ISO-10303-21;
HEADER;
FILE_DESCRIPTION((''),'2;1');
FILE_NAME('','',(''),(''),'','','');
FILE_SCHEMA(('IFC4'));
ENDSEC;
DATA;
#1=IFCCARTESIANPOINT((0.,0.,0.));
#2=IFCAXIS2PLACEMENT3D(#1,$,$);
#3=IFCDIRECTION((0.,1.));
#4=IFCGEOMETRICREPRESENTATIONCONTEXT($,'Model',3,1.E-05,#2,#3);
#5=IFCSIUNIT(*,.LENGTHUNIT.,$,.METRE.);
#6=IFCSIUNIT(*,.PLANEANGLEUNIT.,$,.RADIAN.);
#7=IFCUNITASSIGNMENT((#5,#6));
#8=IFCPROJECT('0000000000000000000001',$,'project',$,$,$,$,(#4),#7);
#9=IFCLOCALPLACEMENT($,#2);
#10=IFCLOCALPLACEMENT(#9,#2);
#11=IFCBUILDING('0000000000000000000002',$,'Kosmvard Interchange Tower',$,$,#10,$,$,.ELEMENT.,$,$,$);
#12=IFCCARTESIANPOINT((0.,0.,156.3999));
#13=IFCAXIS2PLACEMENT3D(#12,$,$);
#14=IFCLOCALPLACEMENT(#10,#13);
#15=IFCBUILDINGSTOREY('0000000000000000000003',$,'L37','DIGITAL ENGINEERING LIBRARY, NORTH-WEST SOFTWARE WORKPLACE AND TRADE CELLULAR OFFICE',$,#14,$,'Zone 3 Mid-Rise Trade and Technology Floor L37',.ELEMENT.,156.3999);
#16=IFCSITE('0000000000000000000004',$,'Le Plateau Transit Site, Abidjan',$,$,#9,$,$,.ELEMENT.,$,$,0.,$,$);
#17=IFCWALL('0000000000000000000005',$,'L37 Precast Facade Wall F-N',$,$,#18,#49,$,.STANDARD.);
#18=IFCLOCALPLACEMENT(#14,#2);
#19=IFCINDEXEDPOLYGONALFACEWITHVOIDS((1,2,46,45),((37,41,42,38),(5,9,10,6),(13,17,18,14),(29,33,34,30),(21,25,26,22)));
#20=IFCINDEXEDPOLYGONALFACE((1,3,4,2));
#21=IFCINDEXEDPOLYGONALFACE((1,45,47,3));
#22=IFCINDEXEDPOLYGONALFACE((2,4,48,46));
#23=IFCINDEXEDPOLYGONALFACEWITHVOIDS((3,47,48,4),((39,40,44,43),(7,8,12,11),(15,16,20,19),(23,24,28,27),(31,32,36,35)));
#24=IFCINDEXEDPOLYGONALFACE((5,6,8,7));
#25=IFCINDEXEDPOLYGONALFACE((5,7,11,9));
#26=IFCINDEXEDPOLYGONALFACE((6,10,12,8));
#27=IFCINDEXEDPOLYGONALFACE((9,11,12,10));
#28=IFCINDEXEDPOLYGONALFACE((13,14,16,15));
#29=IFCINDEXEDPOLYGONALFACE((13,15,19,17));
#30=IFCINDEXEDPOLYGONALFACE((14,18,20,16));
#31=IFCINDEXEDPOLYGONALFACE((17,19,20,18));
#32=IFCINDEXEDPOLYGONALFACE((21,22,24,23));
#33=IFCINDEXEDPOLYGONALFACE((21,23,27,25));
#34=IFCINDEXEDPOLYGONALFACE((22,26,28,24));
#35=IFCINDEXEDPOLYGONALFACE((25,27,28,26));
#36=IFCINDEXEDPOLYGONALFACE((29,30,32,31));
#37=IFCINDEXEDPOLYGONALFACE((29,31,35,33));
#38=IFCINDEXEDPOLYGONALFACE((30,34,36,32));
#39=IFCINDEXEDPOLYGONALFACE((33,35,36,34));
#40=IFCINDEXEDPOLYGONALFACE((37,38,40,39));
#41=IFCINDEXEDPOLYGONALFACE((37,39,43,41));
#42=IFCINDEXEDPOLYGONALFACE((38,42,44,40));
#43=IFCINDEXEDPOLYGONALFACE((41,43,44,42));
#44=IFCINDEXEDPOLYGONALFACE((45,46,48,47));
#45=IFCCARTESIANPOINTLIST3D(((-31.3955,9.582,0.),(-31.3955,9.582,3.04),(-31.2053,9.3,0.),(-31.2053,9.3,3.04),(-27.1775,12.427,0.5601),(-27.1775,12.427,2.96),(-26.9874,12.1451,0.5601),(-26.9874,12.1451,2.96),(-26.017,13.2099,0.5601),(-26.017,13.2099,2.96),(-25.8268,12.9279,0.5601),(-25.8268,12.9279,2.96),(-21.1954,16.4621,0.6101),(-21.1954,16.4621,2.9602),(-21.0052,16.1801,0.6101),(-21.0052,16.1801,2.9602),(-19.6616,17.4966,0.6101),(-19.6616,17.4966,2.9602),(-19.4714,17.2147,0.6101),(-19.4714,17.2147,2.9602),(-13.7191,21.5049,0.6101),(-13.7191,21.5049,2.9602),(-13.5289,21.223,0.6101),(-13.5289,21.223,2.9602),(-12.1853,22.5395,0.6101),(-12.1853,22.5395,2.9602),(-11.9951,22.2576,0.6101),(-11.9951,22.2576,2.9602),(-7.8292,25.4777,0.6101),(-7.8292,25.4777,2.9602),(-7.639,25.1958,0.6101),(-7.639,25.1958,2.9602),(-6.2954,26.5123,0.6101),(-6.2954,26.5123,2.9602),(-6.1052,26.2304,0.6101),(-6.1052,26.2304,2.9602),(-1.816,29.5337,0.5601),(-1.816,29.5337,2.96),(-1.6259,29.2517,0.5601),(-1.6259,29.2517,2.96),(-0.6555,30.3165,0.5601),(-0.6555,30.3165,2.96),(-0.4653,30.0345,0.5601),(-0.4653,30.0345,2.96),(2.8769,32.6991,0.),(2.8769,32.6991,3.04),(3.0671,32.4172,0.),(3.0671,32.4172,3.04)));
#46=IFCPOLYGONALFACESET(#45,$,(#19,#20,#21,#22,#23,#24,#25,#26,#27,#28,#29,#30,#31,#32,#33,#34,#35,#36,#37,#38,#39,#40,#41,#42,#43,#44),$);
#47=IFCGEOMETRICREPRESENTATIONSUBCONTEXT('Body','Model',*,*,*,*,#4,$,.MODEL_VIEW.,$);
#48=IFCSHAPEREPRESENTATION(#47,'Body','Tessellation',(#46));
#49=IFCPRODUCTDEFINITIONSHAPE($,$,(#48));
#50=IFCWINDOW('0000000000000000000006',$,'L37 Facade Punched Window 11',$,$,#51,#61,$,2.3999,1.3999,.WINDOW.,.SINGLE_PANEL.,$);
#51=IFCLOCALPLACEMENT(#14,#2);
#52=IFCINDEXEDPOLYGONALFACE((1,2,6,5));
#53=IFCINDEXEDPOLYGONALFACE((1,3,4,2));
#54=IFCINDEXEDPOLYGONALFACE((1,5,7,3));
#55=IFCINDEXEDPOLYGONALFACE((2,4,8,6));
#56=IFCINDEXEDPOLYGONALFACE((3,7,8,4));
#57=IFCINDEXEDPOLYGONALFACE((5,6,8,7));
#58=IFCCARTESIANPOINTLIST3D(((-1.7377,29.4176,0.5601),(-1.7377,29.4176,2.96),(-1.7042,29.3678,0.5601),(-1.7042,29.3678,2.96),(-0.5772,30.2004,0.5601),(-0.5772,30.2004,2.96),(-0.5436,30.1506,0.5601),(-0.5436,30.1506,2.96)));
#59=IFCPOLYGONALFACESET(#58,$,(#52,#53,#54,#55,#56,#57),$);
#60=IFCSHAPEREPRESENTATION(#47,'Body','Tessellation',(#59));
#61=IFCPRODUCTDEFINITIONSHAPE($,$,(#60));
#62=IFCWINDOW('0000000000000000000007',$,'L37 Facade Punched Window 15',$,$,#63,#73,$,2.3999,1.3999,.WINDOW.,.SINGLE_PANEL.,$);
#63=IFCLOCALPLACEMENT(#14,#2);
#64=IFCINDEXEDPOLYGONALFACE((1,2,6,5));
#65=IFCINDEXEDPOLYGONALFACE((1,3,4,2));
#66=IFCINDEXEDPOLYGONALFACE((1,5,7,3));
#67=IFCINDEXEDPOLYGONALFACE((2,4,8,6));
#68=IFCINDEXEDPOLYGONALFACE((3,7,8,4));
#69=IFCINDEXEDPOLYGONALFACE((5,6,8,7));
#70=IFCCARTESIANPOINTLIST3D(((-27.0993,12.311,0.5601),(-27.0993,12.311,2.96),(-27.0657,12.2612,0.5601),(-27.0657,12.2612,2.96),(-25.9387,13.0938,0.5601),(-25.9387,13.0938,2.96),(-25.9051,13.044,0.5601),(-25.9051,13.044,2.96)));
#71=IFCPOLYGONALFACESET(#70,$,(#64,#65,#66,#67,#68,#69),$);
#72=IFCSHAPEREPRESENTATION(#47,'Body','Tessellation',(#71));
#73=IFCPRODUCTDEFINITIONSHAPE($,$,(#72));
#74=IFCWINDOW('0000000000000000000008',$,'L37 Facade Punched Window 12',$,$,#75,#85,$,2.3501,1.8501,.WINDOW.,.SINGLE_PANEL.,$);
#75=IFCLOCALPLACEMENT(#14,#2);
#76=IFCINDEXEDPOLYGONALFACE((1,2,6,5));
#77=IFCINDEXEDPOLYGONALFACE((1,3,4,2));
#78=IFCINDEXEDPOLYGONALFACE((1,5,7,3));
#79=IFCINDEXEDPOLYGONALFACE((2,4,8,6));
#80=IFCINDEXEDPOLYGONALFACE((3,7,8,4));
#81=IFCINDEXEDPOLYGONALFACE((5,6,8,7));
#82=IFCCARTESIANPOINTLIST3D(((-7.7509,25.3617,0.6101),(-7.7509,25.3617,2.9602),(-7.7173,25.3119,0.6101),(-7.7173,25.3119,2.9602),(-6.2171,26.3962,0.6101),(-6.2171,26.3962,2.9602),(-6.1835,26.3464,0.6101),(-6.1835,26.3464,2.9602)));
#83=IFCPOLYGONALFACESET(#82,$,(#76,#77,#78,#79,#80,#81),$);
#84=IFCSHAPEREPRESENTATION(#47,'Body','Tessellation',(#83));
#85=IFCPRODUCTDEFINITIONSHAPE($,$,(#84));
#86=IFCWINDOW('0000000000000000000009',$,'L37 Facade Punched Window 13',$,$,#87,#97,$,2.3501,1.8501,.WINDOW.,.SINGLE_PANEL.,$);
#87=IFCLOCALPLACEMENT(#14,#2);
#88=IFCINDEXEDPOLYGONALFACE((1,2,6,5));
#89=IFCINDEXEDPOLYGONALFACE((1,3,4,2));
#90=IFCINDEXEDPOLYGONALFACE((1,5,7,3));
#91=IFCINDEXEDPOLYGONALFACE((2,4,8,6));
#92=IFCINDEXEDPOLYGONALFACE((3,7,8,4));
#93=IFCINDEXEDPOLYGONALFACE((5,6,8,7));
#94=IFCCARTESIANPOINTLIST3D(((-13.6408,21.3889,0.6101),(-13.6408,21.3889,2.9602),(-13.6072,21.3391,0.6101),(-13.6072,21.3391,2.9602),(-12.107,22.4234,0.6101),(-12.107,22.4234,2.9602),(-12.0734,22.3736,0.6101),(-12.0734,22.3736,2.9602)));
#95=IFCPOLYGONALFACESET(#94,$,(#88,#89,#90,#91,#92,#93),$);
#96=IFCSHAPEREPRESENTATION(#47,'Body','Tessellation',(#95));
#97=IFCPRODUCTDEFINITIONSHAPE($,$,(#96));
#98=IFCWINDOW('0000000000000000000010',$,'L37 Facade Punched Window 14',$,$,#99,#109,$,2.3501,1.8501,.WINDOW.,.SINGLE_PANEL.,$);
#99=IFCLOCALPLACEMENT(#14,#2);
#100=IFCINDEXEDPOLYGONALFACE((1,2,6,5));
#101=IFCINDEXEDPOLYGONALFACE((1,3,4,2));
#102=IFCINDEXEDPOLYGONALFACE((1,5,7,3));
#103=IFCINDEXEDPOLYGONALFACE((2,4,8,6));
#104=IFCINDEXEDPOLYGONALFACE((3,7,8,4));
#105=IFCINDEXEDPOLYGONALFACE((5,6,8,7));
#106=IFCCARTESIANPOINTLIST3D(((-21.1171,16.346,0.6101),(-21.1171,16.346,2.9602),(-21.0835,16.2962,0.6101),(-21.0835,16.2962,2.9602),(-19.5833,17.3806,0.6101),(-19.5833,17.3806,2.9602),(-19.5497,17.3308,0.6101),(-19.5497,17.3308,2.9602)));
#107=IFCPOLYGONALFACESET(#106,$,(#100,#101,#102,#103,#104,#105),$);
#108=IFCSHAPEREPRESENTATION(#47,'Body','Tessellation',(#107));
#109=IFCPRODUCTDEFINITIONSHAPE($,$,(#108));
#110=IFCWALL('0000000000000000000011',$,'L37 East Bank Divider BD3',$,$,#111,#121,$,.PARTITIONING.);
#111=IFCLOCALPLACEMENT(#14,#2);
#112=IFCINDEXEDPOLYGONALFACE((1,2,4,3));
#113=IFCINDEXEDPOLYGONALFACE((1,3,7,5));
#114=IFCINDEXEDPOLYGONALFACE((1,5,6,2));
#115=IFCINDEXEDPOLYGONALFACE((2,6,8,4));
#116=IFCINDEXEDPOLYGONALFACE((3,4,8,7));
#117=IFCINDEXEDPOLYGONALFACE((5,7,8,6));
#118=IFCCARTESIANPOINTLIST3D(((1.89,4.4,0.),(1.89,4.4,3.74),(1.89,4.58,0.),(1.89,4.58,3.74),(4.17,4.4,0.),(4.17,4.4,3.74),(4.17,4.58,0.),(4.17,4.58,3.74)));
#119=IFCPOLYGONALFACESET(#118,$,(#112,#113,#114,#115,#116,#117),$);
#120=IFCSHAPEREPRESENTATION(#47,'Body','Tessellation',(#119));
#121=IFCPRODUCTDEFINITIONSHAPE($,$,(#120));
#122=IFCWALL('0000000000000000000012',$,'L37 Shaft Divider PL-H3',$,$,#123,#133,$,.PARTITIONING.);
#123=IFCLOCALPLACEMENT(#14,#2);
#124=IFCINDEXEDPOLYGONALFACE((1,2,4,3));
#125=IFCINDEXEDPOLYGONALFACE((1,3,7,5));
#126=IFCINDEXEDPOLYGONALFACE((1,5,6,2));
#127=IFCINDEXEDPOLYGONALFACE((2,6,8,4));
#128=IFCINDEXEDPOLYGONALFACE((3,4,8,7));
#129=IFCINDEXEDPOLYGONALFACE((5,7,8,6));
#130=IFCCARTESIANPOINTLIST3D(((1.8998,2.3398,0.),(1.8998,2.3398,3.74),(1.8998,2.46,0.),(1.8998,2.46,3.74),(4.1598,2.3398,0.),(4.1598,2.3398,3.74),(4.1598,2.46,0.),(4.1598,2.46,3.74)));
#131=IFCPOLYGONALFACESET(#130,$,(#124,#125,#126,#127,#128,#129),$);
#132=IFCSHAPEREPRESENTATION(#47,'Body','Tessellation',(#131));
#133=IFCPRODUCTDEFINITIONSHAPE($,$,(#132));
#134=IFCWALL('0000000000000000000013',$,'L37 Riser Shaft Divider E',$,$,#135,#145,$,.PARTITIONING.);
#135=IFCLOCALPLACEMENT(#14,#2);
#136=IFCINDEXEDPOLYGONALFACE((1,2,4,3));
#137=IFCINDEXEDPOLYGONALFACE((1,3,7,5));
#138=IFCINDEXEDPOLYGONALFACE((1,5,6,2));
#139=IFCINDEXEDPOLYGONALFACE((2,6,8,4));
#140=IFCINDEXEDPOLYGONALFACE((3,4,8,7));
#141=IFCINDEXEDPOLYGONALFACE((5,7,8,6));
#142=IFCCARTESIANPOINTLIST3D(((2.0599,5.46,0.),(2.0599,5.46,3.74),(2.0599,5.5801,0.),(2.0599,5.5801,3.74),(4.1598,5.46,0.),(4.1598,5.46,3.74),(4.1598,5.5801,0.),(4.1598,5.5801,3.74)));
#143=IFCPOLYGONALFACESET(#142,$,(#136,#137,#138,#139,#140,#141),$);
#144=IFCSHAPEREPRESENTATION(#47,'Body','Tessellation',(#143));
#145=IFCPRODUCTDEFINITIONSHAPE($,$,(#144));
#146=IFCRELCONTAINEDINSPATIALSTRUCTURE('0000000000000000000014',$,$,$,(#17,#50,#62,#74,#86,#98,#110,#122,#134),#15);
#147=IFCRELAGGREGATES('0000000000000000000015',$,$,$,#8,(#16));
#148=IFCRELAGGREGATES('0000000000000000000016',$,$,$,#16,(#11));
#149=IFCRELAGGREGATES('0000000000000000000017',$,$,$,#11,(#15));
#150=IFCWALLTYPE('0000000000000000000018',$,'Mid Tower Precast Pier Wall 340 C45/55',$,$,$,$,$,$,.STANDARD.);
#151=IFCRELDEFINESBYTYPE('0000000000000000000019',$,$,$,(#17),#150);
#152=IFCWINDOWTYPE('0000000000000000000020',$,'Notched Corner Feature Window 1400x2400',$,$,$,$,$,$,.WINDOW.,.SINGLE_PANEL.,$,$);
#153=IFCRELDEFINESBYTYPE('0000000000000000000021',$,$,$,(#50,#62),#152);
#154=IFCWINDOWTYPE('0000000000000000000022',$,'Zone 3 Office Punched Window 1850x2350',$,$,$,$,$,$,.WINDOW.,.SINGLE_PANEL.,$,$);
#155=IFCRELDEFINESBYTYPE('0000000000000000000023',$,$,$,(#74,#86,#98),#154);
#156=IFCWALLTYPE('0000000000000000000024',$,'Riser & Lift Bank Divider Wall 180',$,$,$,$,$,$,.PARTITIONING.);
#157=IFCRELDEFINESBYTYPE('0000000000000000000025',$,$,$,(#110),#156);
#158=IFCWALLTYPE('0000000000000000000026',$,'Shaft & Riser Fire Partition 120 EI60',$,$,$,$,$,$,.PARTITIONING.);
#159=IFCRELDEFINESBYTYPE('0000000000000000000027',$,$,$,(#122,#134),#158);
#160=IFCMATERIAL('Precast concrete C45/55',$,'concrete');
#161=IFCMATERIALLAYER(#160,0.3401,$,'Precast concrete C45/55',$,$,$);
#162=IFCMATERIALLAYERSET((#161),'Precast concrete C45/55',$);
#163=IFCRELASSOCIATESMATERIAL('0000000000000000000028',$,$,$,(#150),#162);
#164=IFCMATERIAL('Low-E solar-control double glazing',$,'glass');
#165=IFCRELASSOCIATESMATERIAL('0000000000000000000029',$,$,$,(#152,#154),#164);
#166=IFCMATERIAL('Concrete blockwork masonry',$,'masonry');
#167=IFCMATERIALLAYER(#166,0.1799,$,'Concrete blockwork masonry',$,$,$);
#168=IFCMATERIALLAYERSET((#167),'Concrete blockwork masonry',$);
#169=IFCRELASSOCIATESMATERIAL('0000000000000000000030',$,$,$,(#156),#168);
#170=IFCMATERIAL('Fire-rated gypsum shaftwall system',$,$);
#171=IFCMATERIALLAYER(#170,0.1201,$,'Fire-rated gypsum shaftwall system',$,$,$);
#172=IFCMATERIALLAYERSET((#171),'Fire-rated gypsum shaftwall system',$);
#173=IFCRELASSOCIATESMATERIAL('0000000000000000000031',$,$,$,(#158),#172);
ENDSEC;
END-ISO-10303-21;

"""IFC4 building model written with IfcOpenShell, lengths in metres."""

from ifc_helpers import new_model, si_unit, direction, frame, frame_2d, origin, place, context, subcontext, project, spatial, rectangle, extrude, source, transform, mapped, material, layer, layer_set, type_object, element, fill, save


model = new_model("IFC4")

# Units and contexts
model_context = context("Model", 3, precision=1e-05, world=origin(), true_north=direction((0.0, 1.0)))
body_context = subcontext(model_context, "Body", "Model", "MODEL_VIEW")
ifc_project = project(units=[si_unit("LENGTHUNIT", "METRE"), si_unit("PLANEANGLEUNIT", "RADIAN")], contexts=[model_context])

# Site, building, storey
site_placement = place(None, origin())
site = spatial("IfcSite", under=ifc_project, at=site_placement, Name="Le Plateau Transit Site, Abidjan", CompositionType="ELEMENT", RefElevation=0.0)
building_placement = place(site_placement, origin())
building = spatial("IfcBuilding", under=site, at=building_placement, Name="Kosmvard Interchange Tower", CompositionType="ELEMENT")
storey_placement = place(building_placement, frame((0.0, 0.0, 156.3999)))
storey = spatial("IfcBuildingStorey", under=building, at=storey_placement, Name="L37", Description="DIGITAL ENGINEERING LIBRARY, NORTH-WEST SOFTWARE WORKPLACE AND TRADE CELLULAR OFFICE", LongName="Zone 3 Mid-Rise Trade and Technology Floor L37", CompositionType="ELEMENT", Elevation=156.3999)

# Shared definitions
ifc_material_1 = material(Name="Concrete blockwork masonry", Category="masonry")

# Shared definitions
ifc_material_2 = material(Name="Precast concrete C45/55", Category="concrete")
ifc_layer_1 = layer(ifc_material_2, 0.3401, Name="Precast concrete C45/55")
ifc_layer_set_1 = layer_set([ifc_layer_1], Name="Precast concrete C45/55")
wall_type_1 = type_object("IfcWallType", Name="Mid Tower Precast Pier Wall 340 C45/55", PredefinedType="STANDARD", material=ifc_layer_set_1)
ifc_material_3 = material(Name="Low-E solar-control double glazing", Category="glass")
window_type_1 = type_object("IfcWindowType", Name="Notched Corner Feature Window 1400x2400", PartitioningType="SINGLE_PANEL", PredefinedType="WINDOW", material=ifc_material_3)
shared_shape_1 = source(origin(), body_context, "Body", "SweptSolid", [
    extrude(rectangle(XDim=1.3999, YDim=2.3999, at=frame_2d((0.7, 1.2))), frame((0.0, 0.03, 0.0), z_axis=(0.0, -1.0, 0.0), x_axis=(1.0, 0.0, 0.0)), (0.0, 0.0, 1.0), 0.0601),
])

# Wall, openings, windows
wall_1_placement = place(storey_placement, frame((2.9719, 32.5581, 0.0), z_axis=(0.0, 0.0, 1.0), x_axis=(-0.829036, -0.559195, 0.0)))
wall_1 = element("IfcWall", 1, at=wall_1_placement, inside=storey, type_object=wall_type_1, Name="L37 Precast Facade Wall F-N", PredefinedType="STANDARD", context=body_context, shape_type="SweptSolid", body=[
    extrude(rectangle(XDim=41.3401, YDim=0.3401, at=frame_2d((20.6699, 0.0))), origin(), (0.0, 0.0, 1.0), 3.04),
])
opening_1_placement = place(wall_1_placement, frame((4.2607, 0.0, 0.5601)))
opening_1 = element("IfcOpeningElement", 2, at=opening_1_placement, cuts=wall_1, PredefinedType="OPENING", context=body_context, shape_type="SweptSolid", body=[
    extrude(rectangle(XDim=1.3999, YDim=2.3999, at=frame_2d((0.7, 1.2))), frame((0.0, 0.1802, 0.0), z_axis=(0.0, -1.0, 0.0), x_axis=(1.0, 0.0, 0.0)), (0.0, 0.0, 1.0), 0.3601),
])
opening_2_placement = place(wall_1_placement, frame((11.0637, 0.0, 0.6101)))
opening_2 = element("IfcOpeningElement", 3, at=opening_2_placement, cuts=wall_1, PredefinedType="OPENING", context=body_context, shape_type="SweptSolid", body=[
    extrude(rectangle(XDim=1.8501, YDim=2.3501, at=frame_2d((0.925, 1.175))), frame((0.0, 0.1802, 0.0), z_axis=(0.0, -1.0, 0.0), x_axis=(1.0, 0.0, 0.0)), (0.0, 0.0, 1.0), 0.3601),
])
opening_3_placement = place(wall_1_placement, frame((18.1682, 0.0, 0.6101)))
opening_3 = element("IfcOpeningElement", 4, at=opening_3_placement, cuts=wall_1, PredefinedType="OPENING", context=body_context, shape_type="SweptSolid", body=[
    extrude(rectangle(XDim=1.8501, YDim=2.3501, at=frame_2d((0.925, 1.175))), frame((0.0, 0.1802, 0.0), z_axis=(0.0, -1.0, 0.0), x_axis=(1.0, 0.0, 0.0)), (0.0, 0.0, 1.0), 0.3601),
])
opening_4_placement = place(wall_1_placement, frame((27.1863, 0.0, 0.6101)))
opening_4 = element("IfcOpeningElement", 5, at=opening_4_placement, cuts=wall_1, PredefinedType="OPENING", context=body_context, shape_type="SweptSolid", body=[
    extrude(rectangle(XDim=1.8501, YDim=2.3501, at=frame_2d((0.925, 1.175))), frame((0.0, 0.1802, 0.0), z_axis=(0.0, -1.0, 0.0), x_axis=(1.0, 0.0, 0.0)), (0.0, 0.0, 1.0), 0.3601),
])
opening_5_placement = place(wall_1_placement, frame((34.8523, 0.0, 0.5601)))
opening_5 = element("IfcOpeningElement", 6, at=opening_5_placement, cuts=wall_1, PredefinedType="OPENING", context=body_context, shape_type="SweptSolid", body=[
    extrude(rectangle(XDim=1.3999, YDim=2.3999, at=frame_2d((0.7, 1.2))), frame((0.0, 0.1802, 0.0), z_axis=(0.0, -1.0, 0.0), x_axis=(1.0, 0.0, 0.0)), (0.0, 0.0, 1.0), 0.3601),
])
window_1_placement = place(opening_1_placement, origin())
window_1 = element("IfcWindow", 7, at=window_1_placement, inside=storey, type_object=window_type_1, Name="L37 Facade Punched Window 11", OverallHeight=2.3999, OverallWidth=1.3999, PartitioningType="SINGLE_PANEL", PredefinedType="WINDOW", context=body_context, shape_type="MappedRepresentation", body=[
    mapped(shared_shape_1, transform((0.0, 0.0, 0.0), scale=1.0)),
])
fill(opening_1, window_1)
window_2_placement = place(opening_5_placement, origin())
window_2 = element("IfcWindow", 8, at=window_2_placement, inside=storey, type_object=window_type_1, Name="L37 Facade Punched Window 15", OverallHeight=2.3999, OverallWidth=1.3999, PartitioningType="SINGLE_PANEL", PredefinedType="WINDOW", context=body_context, shape_type="MappedRepresentation", body=[
    mapped(shared_shape_1, transform((0.0, 0.0, 0.0), scale=1.0)),
])
fill(opening_5, window_2)
window_type_2 = type_object("IfcWindowType", Name="Zone 3 Office Punched Window 1850x2350", PartitioningType="SINGLE_PANEL", PredefinedType="WINDOW", material=ifc_material_3)
shared_shape_2 = source(origin(), body_context, "Body", "SweptSolid", [
    extrude(rectangle(XDim=1.8501, YDim=2.3501, at=frame_2d((0.925, 1.175))), frame((0.0, 0.03, 0.0), z_axis=(0.0, -1.0, 0.0), x_axis=(1.0, 0.0, 0.0)), (0.0, 0.0, 1.0), 0.0601),
])
window_3_placement = place(opening_2_placement, origin())
window_3 = element("IfcWindow", 9, at=window_3_placement, inside=storey, type_object=window_type_2, Name="L37 Facade Punched Window 12", OverallHeight=2.3501, OverallWidth=1.8501, PartitioningType="SINGLE_PANEL", PredefinedType="WINDOW", context=body_context, shape_type="MappedRepresentation", body=[
    mapped(shared_shape_2, transform((0.0, 0.0, 0.0), scale=1.0)),
])
fill(opening_2, window_3)
window_4_placement = place(opening_3_placement, origin())
window_4 = element("IfcWindow", 10, at=window_4_placement, inside=storey, type_object=window_type_2, Name="L37 Facade Punched Window 13", OverallHeight=2.3501, OverallWidth=1.8501, PartitioningType="SINGLE_PANEL", PredefinedType="WINDOW", context=body_context, shape_type="MappedRepresentation", body=[
    mapped(shared_shape_2, transform((0.0, 0.0, 0.0), scale=1.0)),
])
fill(opening_3, window_4)
window_5_placement = place(opening_4_placement, origin())
window_5 = element("IfcWindow", 11, at=window_5_placement, inside=storey, type_object=window_type_2, Name="L37 Facade Punched Window 14", OverallHeight=2.3501, OverallWidth=1.8501, PartitioningType="SINGLE_PANEL", PredefinedType="WINDOW", context=body_context, shape_type="MappedRepresentation", body=[
    mapped(shared_shape_2, transform((0.0, 0.0, 0.0), scale=1.0)),
])
fill(opening_4, window_5)

# Walls
ifc_layer_2 = layer(ifc_material_1, 0.1799, Name="Concrete blockwork masonry")
ifc_layer_set_2 = layer_set([ifc_layer_2], Name="Concrete blockwork masonry")
wall_type_2 = type_object("IfcWallType", Name="Riser & Lift Bank Divider Wall 180", PredefinedType="PARTITIONING", material=ifc_layer_set_2)
wall_2_placement = place(storey_placement, frame((1.8899, 4.49, 0.0), z_axis=(0.0, 0.0, 1.0), x_axis=(1.0, 0.0, 0.0)))
element("IfcWall", 12, at=wall_2_placement, inside=storey, type_object=wall_type_2, Name="L37 East Bank Divider BD3", PredefinedType="PARTITIONING", context=body_context, shape_type="SweptSolid", body=[
    extrude(rectangle(XDim=2.28, YDim=0.1799, at=frame_2d((1.1401, 0.0))), origin(), (0.0, 0.0, 1.0), 3.74),
])
ifc_material_4 = material(Name="Fire-rated gypsum shaftwall system")
ifc_layer_3 = layer(ifc_material_4, 0.1201, Name="Fire-rated gypsum shaftwall system")
ifc_layer_set_3 = layer_set([ifc_layer_3], Name="Fire-rated gypsum shaftwall system")
wall_type_3 = type_object("IfcWallType", Name="Shaft & Riser Fire Partition 120 EI60", PredefinedType="PARTITIONING", material=ifc_layer_set_3)
wall_3_placement = place(storey_placement, frame((1.8999, 2.3999, 0.0), z_axis=(0.0, 0.0, 1.0), x_axis=(1.0, 0.0, 0.0)))
element("IfcWall", 13, at=wall_3_placement, inside=storey, type_object=wall_type_3, Name="L37 Shaft Divider PL-H3", PredefinedType="PARTITIONING", context=body_context, shape_type="SweptSolid", body=[
    extrude(rectangle(XDim=2.26, YDim=0.1201, at=frame_2d((1.1299, 0.0))), origin(), (0.0, 0.0, 1.0), 3.74),
])
wall_4_placement = place(storey_placement, frame((2.0601, 5.52, 0.0), z_axis=(0.0, 0.0, 1.0), x_axis=(1.0, 0.0, 0.0)))
element("IfcWall", 14, at=wall_4_placement, inside=storey, type_object=wall_type_3, Name="L37 Riser Shaft Divider E", PredefinedType="PARTITIONING", context=body_context, shape_type="SweptSolid", body=[
    extrude(rectangle(XDim=2.0999, YDim=0.1201, at=frame_2d((1.0498, 0.0))), origin(), (0.0, 0.0, 1.0), 3.74),
])

save(model, "model.ifc")
